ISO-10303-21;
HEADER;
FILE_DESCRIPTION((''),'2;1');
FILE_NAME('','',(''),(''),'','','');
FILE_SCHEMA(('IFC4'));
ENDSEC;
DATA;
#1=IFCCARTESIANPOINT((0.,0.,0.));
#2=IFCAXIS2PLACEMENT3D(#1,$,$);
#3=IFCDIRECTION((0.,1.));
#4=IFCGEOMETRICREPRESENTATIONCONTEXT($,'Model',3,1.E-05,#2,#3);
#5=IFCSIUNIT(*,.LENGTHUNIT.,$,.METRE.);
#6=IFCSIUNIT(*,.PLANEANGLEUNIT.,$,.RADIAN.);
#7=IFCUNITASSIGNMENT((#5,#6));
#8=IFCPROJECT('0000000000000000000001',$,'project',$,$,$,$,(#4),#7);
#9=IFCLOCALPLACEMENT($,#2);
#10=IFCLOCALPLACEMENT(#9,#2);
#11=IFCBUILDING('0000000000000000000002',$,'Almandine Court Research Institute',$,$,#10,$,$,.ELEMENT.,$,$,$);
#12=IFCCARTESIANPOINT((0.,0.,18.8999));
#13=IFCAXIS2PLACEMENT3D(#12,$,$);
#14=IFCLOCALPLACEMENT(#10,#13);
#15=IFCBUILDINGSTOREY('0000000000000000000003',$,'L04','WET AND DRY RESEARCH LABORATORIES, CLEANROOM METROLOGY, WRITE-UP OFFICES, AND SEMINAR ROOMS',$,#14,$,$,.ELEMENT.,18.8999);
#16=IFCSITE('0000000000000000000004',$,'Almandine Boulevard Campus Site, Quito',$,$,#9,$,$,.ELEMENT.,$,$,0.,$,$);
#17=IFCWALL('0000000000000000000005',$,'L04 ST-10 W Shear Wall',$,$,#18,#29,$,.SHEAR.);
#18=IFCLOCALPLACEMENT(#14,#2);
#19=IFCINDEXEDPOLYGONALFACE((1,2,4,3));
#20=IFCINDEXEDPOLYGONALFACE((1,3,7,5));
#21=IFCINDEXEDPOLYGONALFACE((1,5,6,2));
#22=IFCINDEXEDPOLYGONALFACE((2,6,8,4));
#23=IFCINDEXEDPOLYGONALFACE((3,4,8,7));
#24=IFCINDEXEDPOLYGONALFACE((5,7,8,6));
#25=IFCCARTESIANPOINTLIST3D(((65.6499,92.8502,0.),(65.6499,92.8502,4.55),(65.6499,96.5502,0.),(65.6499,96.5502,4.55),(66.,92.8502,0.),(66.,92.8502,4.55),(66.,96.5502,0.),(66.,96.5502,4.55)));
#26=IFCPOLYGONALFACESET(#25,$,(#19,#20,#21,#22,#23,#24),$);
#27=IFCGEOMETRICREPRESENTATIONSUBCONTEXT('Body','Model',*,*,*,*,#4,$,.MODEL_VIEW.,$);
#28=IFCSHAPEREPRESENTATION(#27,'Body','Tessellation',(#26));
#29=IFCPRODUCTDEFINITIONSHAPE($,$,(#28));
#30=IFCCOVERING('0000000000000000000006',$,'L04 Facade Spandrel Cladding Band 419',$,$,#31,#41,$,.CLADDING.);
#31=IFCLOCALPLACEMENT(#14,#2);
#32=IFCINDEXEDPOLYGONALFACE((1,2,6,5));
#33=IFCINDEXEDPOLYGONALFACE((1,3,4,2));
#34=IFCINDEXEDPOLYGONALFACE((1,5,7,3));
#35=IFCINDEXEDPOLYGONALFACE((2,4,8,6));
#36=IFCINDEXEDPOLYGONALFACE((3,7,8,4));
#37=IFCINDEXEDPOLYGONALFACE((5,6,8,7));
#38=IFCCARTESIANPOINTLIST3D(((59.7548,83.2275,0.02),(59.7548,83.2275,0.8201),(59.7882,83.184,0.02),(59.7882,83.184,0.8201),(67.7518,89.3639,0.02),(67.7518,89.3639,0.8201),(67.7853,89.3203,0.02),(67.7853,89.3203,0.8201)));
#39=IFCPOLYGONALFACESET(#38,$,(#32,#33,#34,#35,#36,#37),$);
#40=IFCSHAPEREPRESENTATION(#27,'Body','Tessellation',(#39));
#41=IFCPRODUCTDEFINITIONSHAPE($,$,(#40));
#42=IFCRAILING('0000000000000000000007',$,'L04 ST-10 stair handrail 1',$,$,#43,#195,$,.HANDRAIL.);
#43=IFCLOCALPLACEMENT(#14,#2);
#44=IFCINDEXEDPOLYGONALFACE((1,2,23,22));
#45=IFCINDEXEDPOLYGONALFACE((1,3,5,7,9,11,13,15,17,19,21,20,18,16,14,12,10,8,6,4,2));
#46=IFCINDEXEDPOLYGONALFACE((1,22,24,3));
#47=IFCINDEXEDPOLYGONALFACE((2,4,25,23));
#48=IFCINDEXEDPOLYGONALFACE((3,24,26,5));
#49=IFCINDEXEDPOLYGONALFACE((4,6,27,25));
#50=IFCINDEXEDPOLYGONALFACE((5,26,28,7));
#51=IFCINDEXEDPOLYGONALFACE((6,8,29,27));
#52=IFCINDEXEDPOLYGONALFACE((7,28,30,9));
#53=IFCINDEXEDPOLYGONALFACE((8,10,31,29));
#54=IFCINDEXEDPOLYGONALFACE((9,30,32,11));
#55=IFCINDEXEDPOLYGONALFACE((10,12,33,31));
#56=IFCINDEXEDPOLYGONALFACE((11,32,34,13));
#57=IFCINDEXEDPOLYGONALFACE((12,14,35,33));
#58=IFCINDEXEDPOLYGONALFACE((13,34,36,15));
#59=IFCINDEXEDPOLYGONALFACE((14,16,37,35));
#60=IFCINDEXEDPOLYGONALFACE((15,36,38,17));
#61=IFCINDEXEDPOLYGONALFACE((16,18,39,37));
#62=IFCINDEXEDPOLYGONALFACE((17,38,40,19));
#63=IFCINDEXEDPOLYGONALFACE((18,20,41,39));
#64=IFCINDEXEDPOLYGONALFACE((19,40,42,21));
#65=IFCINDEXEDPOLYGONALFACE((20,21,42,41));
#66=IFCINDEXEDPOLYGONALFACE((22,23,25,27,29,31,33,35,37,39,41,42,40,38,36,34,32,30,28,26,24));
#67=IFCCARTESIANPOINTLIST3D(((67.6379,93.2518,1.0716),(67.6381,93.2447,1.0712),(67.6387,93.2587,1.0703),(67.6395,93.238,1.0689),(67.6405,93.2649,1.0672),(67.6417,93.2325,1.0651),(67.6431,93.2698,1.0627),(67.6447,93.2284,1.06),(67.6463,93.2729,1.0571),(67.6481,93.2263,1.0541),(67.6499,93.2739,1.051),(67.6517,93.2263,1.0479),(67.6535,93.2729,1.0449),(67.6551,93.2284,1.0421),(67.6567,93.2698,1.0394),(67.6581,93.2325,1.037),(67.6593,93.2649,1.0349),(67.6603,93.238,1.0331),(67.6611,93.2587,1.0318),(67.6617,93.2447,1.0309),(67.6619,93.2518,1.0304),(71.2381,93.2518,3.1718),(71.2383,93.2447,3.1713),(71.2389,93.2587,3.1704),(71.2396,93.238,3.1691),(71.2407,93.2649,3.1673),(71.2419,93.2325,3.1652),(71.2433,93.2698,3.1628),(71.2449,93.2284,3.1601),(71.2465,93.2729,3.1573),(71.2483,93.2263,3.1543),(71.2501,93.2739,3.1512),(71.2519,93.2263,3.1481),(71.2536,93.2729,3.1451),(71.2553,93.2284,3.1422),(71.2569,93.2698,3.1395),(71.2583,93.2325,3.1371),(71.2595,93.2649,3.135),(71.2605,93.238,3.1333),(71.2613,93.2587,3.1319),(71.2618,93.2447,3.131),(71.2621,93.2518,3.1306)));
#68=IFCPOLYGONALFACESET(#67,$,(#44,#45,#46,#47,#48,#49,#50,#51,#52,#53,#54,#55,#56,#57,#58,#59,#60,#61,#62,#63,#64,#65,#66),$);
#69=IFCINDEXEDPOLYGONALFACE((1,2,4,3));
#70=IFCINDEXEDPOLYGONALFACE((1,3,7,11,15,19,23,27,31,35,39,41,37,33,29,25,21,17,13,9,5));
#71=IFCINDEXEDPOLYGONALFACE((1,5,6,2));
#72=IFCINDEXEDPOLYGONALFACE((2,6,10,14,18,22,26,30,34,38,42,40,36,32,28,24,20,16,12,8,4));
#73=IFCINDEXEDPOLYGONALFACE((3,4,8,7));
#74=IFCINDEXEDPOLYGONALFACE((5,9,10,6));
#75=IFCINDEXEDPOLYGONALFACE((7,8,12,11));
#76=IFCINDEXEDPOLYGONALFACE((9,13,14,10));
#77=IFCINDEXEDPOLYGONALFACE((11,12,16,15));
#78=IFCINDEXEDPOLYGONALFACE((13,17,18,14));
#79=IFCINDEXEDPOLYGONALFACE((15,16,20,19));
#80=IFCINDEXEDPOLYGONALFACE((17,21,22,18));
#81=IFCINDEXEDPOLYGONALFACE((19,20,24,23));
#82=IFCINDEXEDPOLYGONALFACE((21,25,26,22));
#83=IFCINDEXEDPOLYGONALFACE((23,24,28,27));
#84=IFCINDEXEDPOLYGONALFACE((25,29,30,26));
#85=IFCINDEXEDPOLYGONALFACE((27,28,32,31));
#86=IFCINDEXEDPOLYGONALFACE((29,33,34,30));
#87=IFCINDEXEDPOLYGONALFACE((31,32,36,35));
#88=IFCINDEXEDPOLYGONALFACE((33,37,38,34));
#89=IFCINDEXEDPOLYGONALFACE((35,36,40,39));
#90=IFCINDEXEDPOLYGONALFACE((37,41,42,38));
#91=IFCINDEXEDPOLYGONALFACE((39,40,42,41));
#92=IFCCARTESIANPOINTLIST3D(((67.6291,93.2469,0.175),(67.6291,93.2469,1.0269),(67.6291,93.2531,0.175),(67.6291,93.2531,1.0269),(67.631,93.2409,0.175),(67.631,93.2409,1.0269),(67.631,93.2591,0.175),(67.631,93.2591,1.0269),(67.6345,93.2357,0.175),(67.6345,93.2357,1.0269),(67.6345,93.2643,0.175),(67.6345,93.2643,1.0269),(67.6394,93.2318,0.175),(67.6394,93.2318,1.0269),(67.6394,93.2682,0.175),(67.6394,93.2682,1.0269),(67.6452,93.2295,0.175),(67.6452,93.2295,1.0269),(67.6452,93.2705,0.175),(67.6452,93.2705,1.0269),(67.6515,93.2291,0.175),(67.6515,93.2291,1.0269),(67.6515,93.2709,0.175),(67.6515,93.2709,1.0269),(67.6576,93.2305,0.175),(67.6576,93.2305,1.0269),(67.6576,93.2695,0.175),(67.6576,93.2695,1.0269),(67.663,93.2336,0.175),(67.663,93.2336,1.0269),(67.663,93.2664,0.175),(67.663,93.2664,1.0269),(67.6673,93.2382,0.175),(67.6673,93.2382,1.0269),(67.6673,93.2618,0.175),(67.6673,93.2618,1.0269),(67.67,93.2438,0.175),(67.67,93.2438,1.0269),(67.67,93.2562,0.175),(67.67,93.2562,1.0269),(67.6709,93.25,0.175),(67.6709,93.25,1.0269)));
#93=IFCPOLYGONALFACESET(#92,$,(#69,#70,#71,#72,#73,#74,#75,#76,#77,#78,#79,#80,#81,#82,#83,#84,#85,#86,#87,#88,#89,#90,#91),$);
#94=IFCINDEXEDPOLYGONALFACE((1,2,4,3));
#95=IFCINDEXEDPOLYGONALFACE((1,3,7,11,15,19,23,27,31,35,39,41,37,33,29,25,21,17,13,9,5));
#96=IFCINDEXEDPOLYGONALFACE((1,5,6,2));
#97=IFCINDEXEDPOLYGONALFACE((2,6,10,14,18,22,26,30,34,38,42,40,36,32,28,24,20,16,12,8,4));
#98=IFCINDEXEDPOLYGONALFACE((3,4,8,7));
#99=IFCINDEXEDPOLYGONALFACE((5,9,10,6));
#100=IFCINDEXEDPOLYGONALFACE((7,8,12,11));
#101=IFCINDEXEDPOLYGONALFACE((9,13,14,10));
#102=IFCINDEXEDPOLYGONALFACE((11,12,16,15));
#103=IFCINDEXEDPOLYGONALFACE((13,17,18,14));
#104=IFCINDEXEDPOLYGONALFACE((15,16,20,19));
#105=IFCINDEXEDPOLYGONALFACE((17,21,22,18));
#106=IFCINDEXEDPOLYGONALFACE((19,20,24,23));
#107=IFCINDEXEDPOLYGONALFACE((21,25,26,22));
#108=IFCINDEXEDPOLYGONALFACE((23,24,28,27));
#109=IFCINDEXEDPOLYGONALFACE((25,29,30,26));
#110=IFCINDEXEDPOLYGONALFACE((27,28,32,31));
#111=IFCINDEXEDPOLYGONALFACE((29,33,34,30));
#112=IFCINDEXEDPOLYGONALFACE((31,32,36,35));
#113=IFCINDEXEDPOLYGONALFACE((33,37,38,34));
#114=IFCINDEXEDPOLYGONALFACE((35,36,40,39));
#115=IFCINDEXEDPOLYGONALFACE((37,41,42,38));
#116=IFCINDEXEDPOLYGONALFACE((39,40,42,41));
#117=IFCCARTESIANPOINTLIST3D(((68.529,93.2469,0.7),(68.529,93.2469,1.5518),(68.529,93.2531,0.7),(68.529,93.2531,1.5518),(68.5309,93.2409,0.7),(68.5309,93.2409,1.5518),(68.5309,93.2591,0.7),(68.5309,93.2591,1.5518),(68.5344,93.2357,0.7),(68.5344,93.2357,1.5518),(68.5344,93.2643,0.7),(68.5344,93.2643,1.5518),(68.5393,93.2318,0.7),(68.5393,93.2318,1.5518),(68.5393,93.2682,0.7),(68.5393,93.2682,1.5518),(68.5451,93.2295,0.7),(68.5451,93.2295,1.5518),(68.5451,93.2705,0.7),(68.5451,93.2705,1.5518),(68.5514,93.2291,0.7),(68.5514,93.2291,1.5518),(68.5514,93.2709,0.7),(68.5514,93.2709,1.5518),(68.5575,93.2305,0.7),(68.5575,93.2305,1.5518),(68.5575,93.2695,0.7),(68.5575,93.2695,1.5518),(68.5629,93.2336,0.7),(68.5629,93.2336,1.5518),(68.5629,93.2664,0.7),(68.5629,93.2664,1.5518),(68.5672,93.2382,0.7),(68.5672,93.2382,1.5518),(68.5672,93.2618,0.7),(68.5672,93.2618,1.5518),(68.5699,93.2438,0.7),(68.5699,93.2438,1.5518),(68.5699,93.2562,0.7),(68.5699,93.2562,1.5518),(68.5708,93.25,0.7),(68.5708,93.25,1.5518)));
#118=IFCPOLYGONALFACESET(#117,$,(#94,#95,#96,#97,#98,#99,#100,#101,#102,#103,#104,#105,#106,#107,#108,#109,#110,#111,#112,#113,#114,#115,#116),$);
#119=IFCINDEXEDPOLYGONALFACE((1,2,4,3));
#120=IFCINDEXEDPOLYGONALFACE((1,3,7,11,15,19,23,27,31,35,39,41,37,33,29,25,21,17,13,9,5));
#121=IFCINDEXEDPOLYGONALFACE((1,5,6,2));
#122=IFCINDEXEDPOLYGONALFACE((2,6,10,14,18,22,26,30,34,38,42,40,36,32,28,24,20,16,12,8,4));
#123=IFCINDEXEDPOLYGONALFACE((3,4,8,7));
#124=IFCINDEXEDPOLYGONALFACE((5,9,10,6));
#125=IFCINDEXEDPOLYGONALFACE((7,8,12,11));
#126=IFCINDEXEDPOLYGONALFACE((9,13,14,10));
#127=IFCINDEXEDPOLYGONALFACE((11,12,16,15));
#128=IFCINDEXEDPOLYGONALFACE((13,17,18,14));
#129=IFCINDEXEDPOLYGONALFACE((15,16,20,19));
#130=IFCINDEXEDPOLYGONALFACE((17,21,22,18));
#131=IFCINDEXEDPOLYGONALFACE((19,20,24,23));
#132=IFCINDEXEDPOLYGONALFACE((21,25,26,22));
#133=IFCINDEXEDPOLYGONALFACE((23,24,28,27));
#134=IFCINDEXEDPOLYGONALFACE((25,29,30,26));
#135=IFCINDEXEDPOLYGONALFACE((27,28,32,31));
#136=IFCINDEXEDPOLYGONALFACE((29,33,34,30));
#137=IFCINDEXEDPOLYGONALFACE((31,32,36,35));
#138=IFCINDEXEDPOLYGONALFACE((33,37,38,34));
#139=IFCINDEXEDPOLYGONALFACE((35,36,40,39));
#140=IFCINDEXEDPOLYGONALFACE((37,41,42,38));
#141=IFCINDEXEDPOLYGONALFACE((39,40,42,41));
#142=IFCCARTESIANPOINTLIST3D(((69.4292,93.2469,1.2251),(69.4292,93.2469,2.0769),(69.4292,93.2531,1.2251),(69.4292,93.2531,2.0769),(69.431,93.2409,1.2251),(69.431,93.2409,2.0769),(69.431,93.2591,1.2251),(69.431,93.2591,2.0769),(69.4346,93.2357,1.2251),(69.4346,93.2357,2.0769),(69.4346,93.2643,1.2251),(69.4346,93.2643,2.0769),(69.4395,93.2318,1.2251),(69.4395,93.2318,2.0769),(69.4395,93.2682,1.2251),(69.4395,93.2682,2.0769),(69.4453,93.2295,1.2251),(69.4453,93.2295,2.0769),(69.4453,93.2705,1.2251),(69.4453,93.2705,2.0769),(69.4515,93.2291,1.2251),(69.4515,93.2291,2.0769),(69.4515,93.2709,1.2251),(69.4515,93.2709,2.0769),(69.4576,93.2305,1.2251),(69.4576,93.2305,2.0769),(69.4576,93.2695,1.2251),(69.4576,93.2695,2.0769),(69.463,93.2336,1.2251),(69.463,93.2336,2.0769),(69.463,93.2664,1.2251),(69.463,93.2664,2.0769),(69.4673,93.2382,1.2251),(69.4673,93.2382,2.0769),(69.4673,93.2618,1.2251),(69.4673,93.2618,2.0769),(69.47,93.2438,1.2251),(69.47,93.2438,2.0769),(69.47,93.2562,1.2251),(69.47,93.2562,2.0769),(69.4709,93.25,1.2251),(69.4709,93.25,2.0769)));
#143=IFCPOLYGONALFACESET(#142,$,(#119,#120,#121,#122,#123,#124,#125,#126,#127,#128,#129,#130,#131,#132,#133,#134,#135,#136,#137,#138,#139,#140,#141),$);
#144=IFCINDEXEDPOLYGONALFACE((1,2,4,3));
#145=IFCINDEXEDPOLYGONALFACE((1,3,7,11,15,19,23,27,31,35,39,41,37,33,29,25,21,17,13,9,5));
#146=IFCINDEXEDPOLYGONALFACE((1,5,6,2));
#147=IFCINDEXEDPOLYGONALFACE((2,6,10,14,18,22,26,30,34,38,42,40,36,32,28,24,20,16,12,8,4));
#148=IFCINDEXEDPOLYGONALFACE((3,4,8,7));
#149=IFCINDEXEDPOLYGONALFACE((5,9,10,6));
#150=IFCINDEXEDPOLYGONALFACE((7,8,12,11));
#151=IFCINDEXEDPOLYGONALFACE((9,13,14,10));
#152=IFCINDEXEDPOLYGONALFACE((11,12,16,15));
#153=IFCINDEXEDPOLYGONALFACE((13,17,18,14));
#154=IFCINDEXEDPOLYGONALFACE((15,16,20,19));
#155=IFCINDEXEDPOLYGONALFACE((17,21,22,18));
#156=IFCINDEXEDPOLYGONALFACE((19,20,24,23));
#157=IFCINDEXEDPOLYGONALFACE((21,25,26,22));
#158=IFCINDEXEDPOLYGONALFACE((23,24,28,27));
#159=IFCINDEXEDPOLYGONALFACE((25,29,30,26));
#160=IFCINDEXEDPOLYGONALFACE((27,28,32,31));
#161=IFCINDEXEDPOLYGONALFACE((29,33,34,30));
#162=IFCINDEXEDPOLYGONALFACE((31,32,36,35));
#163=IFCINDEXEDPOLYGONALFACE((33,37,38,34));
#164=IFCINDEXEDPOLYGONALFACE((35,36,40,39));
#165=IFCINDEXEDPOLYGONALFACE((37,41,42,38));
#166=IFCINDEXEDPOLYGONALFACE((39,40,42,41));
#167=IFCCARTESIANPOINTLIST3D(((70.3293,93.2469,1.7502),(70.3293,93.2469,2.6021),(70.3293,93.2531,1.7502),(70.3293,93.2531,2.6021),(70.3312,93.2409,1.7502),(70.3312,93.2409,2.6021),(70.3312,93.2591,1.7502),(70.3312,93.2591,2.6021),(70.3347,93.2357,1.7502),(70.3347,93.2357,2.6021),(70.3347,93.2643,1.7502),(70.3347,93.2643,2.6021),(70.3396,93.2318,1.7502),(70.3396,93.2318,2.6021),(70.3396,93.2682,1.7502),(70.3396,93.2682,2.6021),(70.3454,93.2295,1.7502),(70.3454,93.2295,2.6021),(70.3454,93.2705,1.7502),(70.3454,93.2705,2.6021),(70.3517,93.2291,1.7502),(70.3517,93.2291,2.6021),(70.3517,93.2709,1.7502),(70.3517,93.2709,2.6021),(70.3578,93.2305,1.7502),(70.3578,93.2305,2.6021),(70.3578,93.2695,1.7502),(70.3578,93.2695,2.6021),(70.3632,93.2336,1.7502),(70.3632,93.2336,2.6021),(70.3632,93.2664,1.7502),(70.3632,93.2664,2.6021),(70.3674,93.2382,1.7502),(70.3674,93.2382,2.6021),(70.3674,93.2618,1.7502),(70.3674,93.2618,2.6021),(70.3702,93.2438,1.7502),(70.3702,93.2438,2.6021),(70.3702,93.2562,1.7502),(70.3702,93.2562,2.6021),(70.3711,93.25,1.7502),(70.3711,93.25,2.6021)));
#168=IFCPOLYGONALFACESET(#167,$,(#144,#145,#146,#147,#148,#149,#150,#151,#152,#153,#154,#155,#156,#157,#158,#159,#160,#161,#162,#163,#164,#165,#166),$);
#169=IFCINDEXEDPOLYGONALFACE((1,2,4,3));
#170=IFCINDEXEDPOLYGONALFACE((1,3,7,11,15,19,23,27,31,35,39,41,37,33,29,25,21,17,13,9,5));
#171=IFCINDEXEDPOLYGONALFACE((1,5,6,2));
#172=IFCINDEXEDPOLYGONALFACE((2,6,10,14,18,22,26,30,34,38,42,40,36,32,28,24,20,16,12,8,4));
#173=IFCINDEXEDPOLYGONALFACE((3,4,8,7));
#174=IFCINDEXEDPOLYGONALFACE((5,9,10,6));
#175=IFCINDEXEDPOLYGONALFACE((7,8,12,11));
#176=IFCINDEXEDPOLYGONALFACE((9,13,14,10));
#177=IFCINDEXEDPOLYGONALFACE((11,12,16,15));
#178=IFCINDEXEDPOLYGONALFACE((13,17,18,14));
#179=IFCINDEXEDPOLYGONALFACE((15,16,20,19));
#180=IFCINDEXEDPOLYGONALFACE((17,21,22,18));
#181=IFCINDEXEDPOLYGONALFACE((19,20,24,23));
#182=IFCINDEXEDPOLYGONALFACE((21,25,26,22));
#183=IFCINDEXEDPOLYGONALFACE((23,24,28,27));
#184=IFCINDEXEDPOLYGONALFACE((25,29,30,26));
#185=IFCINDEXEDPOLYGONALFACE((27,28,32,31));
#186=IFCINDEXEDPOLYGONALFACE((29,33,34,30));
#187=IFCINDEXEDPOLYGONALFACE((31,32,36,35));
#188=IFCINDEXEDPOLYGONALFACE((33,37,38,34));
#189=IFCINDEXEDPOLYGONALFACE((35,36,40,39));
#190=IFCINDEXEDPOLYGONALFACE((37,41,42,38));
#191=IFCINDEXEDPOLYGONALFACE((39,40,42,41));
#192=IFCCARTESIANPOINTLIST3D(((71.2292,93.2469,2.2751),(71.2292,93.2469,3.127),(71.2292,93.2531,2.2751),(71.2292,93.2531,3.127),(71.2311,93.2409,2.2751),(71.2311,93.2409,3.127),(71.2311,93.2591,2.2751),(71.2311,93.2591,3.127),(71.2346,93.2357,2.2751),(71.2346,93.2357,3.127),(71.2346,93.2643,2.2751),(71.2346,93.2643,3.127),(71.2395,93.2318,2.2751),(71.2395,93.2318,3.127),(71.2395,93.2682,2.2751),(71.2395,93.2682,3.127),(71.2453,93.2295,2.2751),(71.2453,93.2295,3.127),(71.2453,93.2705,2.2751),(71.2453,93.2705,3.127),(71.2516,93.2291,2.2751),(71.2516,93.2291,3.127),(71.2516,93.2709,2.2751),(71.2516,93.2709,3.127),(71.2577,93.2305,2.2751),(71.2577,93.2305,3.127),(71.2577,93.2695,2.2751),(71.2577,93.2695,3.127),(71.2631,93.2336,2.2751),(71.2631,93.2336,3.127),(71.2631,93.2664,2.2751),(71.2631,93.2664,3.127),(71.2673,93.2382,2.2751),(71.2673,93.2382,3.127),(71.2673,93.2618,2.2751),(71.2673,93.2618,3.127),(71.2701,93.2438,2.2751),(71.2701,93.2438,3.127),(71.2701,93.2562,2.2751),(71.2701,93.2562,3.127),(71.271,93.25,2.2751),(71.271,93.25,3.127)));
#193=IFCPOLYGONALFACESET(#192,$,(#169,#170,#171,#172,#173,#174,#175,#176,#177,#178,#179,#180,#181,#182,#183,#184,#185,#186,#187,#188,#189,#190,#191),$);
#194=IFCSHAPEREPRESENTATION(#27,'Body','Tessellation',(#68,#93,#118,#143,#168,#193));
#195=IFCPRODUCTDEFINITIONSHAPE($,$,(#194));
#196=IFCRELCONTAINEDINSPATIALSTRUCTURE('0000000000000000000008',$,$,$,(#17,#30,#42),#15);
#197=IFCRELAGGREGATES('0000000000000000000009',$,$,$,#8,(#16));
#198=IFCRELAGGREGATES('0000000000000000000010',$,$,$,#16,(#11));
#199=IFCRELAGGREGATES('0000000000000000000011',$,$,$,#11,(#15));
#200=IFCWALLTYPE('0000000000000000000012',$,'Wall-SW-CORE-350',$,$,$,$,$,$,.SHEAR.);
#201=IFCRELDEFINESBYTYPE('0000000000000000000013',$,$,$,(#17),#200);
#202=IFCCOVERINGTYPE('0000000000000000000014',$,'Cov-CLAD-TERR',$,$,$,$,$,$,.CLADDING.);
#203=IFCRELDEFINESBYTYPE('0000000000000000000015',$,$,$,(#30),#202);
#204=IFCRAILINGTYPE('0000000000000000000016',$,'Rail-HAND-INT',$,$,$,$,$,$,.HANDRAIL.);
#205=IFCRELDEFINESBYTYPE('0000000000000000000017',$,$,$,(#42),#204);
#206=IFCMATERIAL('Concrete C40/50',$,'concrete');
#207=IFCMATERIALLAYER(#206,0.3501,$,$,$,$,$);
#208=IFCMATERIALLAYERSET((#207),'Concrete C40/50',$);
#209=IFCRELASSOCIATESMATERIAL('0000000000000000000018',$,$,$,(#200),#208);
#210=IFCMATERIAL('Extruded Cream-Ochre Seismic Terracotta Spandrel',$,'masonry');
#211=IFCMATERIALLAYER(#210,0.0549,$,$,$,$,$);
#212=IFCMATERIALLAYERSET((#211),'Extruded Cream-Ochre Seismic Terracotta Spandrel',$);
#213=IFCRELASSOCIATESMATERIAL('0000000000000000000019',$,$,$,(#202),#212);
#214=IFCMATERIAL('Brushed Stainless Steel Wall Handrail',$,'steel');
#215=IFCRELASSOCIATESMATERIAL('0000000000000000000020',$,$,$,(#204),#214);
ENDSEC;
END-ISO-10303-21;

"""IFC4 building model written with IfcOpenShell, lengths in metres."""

from ifc_helpers import new_model, si_unit, direction, frame, frame_2d, origin, origin_2d, place, context, subcontext, project, spatial, rectangle, circle, extrude, material, layer, layer_set, type_object, element, save


model = new_model("IFC4")

# Units and contexts
model_context = context("Model", 3, precision=1e-05, world=origin(), true_north=direction((0.0, 1.0)))
body_context = subcontext(model_context, "Body", "Model", "MODEL_VIEW")
ifc_project = project(units=[si_unit("LENGTHUNIT", "METRE"), si_unit("PLANEANGLEUNIT", "RADIAN")], contexts=[model_context])

# Site, building, storey
site_placement = place(None, origin())
site = spatial("IfcSite", under=ifc_project, at=site_placement, Name="Almandine Boulevard Campus Site, Quito", CompositionType="ELEMENT", RefElevation=0.0)
building_placement = place(site_placement, origin())
building = spatial("IfcBuilding", under=site, at=building_placement, Name="Almandine Court Research Institute", CompositionType="ELEMENT")
storey_placement = place(building_placement, frame((0.0, 0.0, 18.8999)))
storey = spatial("IfcBuildingStorey", under=building, at=storey_placement, Name="L04", Description="WET AND DRY RESEARCH LABORATORIES, CLEANROOM METROLOGY, WRITE-UP OFFICES, AND SEMINAR ROOMS", CompositionType="ELEMENT", Elevation=18.8999)

# Wall
ifc_material_1 = material(Name="Concrete C40/50", Category="concrete")
ifc_layer_1 = layer(ifc_material_1, 0.3501)
ifc_layer_set_1 = layer_set([ifc_layer_1], Name="Concrete C40/50")
wall_type_1 = type_object("IfcWallType", Name="Wall-SW-CORE-350", PredefinedType="SHEAR", material=ifc_layer_set_1)
wall_1_placement = place(storey_placement, frame((65.825, 92.8501, 0.0), z_axis=(0.0, 0.0, 1.0), x_axis=(0.0, 1.0, 0.0)))
element("IfcWall", 1, at=wall_1_placement, inside=storey, type_object=wall_type_1, Name="L04 ST-10 W Shear Wall", PredefinedType="SHEAR", context=body_context, shape_type="SweptSolid", body=[
    extrude(rectangle(XDim=3.7, YDim=0.3501, at=frame_2d((1.8501, 0.0))), origin(), (0.0, 0.0, 1.0), 4.55),
])

# Covering
ifc_material_2 = material(Name="Extruded Cream-Ochre Seismic Terracotta Spandrel", Category="masonry")
ifc_layer_2 = layer(ifc_material_2, 0.0549)
ifc_layer_set_2 = layer_set([ifc_layer_2], Name="Extruded Cream-Ochre Seismic Terracotta Spandrel")
covering_type = type_object("IfcCoveringType", Name="Cov-CLAD-TERR", PredefinedType="CLADDING", material=ifc_layer_set_2)
covering_placement = place(storey_placement, frame((63.77, 86.2739, 0.02), z_axis=(0.0, 0.0, 1.0), x_axis=(-0.793353, -0.608761, 0.0)))
element("IfcCovering", 2, at=covering_placement, inside=storey, type_object=covering_type, Name="L04 Facade Spandrel Cladding Band 419", PredefinedType="CLADDING", context=body_context, shape_type="SweptSolid", body=[
    extrude(rectangle(XDim=10.0801, YDim=0.0549, at=origin_2d()), origin(), (0.0, 0.0, 1.0), 0.8),
])

# Railing
ifc_material_3 = material(Name="Brushed Stainless Steel Wall Handrail", Category="steel")
railing_type = type_object("IfcRailingType", Name="Rail-HAND-INT", PredefinedType="HANDRAIL", material=ifc_material_3)
railing_placement = place(storey_placement, frame((67.6499, 93.25, 0.175)))
element("IfcRailing", 3, at=railing_placement, inside=storey, type_object=railing_type, Name="L04 ST-10 stair handrail 1", PredefinedType="HANDRAIL", context=body_context, shape_type="SweptSolid", body=[
    extrude(circle(Radius=0.0239, at=origin_2d()), frame((0.0, 0.0, 0.876), z_axis=(0.863775, 0.0, 0.503878), x_axis=(0.0, 1.0, 0.0)), (0.0, 0.0, 1.0), 4.168),
    extrude(circle(Radius=0.021, at=origin_2d()), origin(), (0.0, 0.0, 1.0), 0.8518),
    extrude(circle(Radius=0.021, at=origin_2d()), frame((0.8999, 0.0, 0.5249)), (0.0, 0.0, 1.0), 0.8518),
    extrude(circle(Radius=0.021, at=origin_2d()), frame((1.8, 0.0, 1.05)), (0.0, 0.0, 1.0), 0.8518),
    extrude(circle(Radius=0.021, at=origin_2d()), frame((2.7002, 0.0, 1.5752)), (0.0, 0.0, 1.0), 0.8518),
    extrude(circle(Radius=0.021, at=origin_2d()), frame((3.6001, 0.0, 2.1001)), (0.0, 0.0, 1.0), 0.8518),
])

save(model, "model.ifc")
